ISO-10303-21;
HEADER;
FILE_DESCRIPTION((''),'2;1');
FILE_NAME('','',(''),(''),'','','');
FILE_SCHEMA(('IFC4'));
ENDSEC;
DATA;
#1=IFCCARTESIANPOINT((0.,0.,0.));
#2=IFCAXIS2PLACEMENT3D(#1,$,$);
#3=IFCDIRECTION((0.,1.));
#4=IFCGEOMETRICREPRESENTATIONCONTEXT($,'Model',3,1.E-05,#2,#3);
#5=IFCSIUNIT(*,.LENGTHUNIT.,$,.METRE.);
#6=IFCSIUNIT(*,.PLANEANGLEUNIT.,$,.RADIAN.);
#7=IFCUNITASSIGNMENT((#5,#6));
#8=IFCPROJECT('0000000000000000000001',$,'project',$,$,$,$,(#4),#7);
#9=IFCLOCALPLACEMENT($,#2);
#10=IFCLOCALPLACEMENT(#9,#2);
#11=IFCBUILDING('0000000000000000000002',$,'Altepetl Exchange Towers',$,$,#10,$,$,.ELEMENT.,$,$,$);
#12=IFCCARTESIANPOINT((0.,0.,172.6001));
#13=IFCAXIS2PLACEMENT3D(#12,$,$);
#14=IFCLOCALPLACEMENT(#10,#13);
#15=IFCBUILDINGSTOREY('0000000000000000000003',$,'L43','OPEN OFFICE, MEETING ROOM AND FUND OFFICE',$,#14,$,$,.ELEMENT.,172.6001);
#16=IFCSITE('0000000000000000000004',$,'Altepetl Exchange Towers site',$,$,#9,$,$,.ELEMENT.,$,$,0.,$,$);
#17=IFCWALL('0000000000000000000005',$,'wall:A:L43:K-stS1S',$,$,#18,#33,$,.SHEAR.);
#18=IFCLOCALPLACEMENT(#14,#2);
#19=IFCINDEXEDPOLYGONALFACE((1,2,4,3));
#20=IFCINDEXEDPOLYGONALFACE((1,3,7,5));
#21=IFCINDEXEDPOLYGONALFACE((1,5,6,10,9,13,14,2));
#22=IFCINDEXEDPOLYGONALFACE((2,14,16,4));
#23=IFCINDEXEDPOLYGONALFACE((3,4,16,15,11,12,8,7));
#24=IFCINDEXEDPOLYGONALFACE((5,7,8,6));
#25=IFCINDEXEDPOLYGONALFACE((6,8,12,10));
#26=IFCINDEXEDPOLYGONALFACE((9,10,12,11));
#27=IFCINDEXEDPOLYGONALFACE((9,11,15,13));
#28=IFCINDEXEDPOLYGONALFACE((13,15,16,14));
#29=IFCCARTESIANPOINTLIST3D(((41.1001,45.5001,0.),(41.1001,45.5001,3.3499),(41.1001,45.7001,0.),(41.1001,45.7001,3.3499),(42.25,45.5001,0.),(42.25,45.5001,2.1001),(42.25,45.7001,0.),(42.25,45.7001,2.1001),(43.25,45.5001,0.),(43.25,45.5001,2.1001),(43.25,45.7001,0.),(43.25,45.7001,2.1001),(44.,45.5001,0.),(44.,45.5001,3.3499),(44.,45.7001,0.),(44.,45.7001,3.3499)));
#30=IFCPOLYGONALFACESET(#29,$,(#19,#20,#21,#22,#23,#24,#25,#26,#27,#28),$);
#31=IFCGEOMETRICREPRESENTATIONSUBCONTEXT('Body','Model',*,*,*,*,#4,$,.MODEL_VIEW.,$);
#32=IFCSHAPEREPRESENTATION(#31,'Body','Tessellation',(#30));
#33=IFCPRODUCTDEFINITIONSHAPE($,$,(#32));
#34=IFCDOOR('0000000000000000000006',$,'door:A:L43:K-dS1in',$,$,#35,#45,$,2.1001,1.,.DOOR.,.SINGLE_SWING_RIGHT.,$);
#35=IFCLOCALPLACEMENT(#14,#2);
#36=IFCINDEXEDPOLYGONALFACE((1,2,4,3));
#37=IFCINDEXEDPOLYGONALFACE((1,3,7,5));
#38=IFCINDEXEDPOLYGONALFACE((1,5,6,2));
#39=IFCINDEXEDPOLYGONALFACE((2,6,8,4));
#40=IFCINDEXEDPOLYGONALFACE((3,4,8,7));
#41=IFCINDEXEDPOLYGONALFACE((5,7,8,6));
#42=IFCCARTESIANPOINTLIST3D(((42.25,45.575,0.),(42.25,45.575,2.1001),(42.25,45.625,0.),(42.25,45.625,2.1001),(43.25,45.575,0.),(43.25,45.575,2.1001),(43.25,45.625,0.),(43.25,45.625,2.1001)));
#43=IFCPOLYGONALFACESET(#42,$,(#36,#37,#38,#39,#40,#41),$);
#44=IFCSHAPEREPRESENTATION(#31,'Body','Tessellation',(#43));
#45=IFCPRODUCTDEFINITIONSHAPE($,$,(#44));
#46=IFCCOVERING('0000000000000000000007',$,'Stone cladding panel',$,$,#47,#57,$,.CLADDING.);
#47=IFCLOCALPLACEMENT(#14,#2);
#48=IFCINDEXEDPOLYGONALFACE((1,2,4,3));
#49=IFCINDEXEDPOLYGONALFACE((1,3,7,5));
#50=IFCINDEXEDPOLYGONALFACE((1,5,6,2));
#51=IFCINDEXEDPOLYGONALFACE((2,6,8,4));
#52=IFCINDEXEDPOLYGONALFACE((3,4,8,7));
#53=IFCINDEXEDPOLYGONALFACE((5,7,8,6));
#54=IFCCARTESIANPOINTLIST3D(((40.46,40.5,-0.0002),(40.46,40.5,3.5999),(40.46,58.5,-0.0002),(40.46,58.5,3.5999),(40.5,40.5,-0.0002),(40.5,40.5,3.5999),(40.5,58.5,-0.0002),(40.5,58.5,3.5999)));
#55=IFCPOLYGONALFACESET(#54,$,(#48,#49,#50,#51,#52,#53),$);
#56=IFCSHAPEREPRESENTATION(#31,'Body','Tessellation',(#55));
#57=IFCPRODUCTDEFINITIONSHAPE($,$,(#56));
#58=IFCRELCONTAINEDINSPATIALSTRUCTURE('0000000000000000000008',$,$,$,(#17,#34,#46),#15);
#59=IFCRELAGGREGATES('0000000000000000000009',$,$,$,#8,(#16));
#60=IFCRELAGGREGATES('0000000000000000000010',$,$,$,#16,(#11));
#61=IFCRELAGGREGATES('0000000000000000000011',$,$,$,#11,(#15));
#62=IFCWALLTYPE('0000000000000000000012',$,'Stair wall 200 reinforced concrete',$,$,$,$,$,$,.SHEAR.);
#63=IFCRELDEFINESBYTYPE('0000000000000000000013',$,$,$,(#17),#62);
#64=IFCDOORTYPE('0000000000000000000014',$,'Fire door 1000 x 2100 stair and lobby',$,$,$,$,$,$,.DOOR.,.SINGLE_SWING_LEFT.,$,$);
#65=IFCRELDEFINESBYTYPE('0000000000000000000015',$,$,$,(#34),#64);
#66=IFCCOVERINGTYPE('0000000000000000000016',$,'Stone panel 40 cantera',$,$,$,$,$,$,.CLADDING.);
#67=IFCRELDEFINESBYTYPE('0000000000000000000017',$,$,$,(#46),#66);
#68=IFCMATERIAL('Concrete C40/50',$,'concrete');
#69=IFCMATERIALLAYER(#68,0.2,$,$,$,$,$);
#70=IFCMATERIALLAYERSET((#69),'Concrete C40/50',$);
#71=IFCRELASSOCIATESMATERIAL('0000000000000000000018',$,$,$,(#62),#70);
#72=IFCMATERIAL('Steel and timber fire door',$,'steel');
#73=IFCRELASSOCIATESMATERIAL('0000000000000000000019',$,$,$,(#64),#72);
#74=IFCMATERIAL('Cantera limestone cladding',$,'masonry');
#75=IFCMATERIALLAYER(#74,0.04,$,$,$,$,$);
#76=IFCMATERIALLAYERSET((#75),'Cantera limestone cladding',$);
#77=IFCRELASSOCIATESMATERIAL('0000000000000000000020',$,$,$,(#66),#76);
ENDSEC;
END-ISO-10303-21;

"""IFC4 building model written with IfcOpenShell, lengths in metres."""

from ifc_helpers import new_model, si_unit, direction, frame, frame_2d, origin, origin_2d, place, context, subcontext, project, spatial, rectangle, extrude, material, layer, layer_set, type_object, element, fill, save


model = new_model("IFC4")

# Units and contexts
model_context = context("Model", 3, precision=1e-05, world=origin(), true_north=direction((0.0, 1.0)))
body_context = subcontext(model_context, "Body", "Model", "MODEL_VIEW")
ifc_project = project(units=[si_unit("LENGTHUNIT", "METRE"), si_unit("PLANEANGLEUNIT", "RADIAN")], contexts=[model_context])

# Site, building, storey
site_placement = place(None, origin())
site = spatial("IfcSite", under=ifc_project, at=site_placement, Name="Altepetl Exchange Towers site", CompositionType="ELEMENT", RefElevation=0.0)
building_placement = place(site_placement, origin())
building = spatial("IfcBuilding", under=site, at=building_placement, Name="Altepetl Exchange Towers", CompositionType="ELEMENT")
storey_placement = place(building_placement, frame((0.0, 0.0, 172.6001)))
storey = spatial("IfcBuildingStorey", under=building, at=storey_placement, Name="L43", Description="OPEN OFFICE, MEETING ROOM AND FUND OFFICE", CompositionType="ELEMENT", Elevation=172.6001)

# Shared definitions
ifc_material_1 = material(Name="Concrete C40/50", Category="concrete")
ifc_material_2 = material(Name="Steel and timber fire door", Category="steel")

# Wall, opening, door
ifc_layer_1 = layer(ifc_material_1, 0.2)
ifc_layer_set_1 = layer_set([ifc_layer_1], Name="Concrete C40/50")
wall_type_1 = type_object("IfcWallType", Name="Stair wall 200 reinforced concrete", PredefinedType="SHEAR", material=ifc_layer_set_1)
wall_1_placement = place(storey_placement, frame((41.1001, 45.6001, 0.0)))
wall_1 = element("IfcWall", 1, at=wall_1_placement, inside=storey, type_object=wall_type_1, Name="wall:A:L43:K-stS1S", PredefinedType="SHEAR", context=body_context, shape_type="SweptSolid", body=[
    extrude(rectangle(XDim=2.8999, YDim=0.2, at=frame_2d((1.45, 0.0))), origin(), (0.0, 0.0, 1.0), 3.3499),
])
opening_1_placement = place(wall_1_placement, frame((1.1499, 0.0, 0.0)))
opening_1 = element("IfcOpeningElement", 2, at=opening_1_placement, cuts=wall_1, PredefinedType="OPENING", context=body_context, shape_type="SweptSolid", body=[
    extrude(rectangle(XDim=1.0, YDim=2.1001, at=frame_2d((0.5, 1.05))), frame((0.0, 0.1099, 0.0), z_axis=(0.0, -1.0, 0.0), x_axis=(1.0, 0.0, 0.0)), (0.0, 0.0, 1.0), 0.22),
])
door_type_1 = type_object("IfcDoorType", Name="Fire door 1000 x 2100 stair and lobby", OperationType="SINGLE_SWING_LEFT", PredefinedType="DOOR", material=ifc_material_2)
door_1_placement = place(opening_1_placement, origin())
door_1 = element("IfcDoor", 3, at=door_1_placement, inside=storey, type_object=door_type_1, Name="door:A:L43:K-dS1in", OperationType="SINGLE_SWING_RIGHT", OverallHeight=2.1001, OverallWidth=1.0, PredefinedType="DOOR", context=body_context, shape_type="SweptSolid", body=[
    extrude(rectangle(XDim=1.0, YDim=2.1001, at=frame_2d((0.5, 1.05))), frame((0.0, 0.0249, 0.0), z_axis=(0.0, -1.0, 0.0), x_axis=(1.0, 0.0, 0.0)), (0.0, 0.0, 1.0), 0.05),
])
fill(opening_1, door_1)

# Covering
ifc_material_3 = material(Name="Cantera limestone cladding", Category="masonry")
ifc_layer_2 = layer(ifc_material_3, 0.04)
ifc_layer_set_2 = layer_set([ifc_layer_2], Name="Cantera limestone cladding")
covering_type = type_object("IfcCoveringType", Name="Stone panel 40 cantera", PredefinedType="CLADDING", material=ifc_layer_set_2)
covering_placement = place(storey_placement, frame((40.48, 49.5, -0.0002), z_axis=(0.0, 0.0, 1.0), x_axis=(0.0, -1.0, 0.0)))
element("IfcCovering", 4, at=covering_placement, inside=storey, type_object=covering_type, Name="Stone cladding panel", PredefinedType="CLADDING", context=body_context, shape_type="SweptSolid", body=[
    extrude(rectangle(XDim=18.0, YDim=0.04, at=origin_2d()), origin(), (0.0, 0.0, 1.0), 3.6001),
])

save(model, "model.ifc")
